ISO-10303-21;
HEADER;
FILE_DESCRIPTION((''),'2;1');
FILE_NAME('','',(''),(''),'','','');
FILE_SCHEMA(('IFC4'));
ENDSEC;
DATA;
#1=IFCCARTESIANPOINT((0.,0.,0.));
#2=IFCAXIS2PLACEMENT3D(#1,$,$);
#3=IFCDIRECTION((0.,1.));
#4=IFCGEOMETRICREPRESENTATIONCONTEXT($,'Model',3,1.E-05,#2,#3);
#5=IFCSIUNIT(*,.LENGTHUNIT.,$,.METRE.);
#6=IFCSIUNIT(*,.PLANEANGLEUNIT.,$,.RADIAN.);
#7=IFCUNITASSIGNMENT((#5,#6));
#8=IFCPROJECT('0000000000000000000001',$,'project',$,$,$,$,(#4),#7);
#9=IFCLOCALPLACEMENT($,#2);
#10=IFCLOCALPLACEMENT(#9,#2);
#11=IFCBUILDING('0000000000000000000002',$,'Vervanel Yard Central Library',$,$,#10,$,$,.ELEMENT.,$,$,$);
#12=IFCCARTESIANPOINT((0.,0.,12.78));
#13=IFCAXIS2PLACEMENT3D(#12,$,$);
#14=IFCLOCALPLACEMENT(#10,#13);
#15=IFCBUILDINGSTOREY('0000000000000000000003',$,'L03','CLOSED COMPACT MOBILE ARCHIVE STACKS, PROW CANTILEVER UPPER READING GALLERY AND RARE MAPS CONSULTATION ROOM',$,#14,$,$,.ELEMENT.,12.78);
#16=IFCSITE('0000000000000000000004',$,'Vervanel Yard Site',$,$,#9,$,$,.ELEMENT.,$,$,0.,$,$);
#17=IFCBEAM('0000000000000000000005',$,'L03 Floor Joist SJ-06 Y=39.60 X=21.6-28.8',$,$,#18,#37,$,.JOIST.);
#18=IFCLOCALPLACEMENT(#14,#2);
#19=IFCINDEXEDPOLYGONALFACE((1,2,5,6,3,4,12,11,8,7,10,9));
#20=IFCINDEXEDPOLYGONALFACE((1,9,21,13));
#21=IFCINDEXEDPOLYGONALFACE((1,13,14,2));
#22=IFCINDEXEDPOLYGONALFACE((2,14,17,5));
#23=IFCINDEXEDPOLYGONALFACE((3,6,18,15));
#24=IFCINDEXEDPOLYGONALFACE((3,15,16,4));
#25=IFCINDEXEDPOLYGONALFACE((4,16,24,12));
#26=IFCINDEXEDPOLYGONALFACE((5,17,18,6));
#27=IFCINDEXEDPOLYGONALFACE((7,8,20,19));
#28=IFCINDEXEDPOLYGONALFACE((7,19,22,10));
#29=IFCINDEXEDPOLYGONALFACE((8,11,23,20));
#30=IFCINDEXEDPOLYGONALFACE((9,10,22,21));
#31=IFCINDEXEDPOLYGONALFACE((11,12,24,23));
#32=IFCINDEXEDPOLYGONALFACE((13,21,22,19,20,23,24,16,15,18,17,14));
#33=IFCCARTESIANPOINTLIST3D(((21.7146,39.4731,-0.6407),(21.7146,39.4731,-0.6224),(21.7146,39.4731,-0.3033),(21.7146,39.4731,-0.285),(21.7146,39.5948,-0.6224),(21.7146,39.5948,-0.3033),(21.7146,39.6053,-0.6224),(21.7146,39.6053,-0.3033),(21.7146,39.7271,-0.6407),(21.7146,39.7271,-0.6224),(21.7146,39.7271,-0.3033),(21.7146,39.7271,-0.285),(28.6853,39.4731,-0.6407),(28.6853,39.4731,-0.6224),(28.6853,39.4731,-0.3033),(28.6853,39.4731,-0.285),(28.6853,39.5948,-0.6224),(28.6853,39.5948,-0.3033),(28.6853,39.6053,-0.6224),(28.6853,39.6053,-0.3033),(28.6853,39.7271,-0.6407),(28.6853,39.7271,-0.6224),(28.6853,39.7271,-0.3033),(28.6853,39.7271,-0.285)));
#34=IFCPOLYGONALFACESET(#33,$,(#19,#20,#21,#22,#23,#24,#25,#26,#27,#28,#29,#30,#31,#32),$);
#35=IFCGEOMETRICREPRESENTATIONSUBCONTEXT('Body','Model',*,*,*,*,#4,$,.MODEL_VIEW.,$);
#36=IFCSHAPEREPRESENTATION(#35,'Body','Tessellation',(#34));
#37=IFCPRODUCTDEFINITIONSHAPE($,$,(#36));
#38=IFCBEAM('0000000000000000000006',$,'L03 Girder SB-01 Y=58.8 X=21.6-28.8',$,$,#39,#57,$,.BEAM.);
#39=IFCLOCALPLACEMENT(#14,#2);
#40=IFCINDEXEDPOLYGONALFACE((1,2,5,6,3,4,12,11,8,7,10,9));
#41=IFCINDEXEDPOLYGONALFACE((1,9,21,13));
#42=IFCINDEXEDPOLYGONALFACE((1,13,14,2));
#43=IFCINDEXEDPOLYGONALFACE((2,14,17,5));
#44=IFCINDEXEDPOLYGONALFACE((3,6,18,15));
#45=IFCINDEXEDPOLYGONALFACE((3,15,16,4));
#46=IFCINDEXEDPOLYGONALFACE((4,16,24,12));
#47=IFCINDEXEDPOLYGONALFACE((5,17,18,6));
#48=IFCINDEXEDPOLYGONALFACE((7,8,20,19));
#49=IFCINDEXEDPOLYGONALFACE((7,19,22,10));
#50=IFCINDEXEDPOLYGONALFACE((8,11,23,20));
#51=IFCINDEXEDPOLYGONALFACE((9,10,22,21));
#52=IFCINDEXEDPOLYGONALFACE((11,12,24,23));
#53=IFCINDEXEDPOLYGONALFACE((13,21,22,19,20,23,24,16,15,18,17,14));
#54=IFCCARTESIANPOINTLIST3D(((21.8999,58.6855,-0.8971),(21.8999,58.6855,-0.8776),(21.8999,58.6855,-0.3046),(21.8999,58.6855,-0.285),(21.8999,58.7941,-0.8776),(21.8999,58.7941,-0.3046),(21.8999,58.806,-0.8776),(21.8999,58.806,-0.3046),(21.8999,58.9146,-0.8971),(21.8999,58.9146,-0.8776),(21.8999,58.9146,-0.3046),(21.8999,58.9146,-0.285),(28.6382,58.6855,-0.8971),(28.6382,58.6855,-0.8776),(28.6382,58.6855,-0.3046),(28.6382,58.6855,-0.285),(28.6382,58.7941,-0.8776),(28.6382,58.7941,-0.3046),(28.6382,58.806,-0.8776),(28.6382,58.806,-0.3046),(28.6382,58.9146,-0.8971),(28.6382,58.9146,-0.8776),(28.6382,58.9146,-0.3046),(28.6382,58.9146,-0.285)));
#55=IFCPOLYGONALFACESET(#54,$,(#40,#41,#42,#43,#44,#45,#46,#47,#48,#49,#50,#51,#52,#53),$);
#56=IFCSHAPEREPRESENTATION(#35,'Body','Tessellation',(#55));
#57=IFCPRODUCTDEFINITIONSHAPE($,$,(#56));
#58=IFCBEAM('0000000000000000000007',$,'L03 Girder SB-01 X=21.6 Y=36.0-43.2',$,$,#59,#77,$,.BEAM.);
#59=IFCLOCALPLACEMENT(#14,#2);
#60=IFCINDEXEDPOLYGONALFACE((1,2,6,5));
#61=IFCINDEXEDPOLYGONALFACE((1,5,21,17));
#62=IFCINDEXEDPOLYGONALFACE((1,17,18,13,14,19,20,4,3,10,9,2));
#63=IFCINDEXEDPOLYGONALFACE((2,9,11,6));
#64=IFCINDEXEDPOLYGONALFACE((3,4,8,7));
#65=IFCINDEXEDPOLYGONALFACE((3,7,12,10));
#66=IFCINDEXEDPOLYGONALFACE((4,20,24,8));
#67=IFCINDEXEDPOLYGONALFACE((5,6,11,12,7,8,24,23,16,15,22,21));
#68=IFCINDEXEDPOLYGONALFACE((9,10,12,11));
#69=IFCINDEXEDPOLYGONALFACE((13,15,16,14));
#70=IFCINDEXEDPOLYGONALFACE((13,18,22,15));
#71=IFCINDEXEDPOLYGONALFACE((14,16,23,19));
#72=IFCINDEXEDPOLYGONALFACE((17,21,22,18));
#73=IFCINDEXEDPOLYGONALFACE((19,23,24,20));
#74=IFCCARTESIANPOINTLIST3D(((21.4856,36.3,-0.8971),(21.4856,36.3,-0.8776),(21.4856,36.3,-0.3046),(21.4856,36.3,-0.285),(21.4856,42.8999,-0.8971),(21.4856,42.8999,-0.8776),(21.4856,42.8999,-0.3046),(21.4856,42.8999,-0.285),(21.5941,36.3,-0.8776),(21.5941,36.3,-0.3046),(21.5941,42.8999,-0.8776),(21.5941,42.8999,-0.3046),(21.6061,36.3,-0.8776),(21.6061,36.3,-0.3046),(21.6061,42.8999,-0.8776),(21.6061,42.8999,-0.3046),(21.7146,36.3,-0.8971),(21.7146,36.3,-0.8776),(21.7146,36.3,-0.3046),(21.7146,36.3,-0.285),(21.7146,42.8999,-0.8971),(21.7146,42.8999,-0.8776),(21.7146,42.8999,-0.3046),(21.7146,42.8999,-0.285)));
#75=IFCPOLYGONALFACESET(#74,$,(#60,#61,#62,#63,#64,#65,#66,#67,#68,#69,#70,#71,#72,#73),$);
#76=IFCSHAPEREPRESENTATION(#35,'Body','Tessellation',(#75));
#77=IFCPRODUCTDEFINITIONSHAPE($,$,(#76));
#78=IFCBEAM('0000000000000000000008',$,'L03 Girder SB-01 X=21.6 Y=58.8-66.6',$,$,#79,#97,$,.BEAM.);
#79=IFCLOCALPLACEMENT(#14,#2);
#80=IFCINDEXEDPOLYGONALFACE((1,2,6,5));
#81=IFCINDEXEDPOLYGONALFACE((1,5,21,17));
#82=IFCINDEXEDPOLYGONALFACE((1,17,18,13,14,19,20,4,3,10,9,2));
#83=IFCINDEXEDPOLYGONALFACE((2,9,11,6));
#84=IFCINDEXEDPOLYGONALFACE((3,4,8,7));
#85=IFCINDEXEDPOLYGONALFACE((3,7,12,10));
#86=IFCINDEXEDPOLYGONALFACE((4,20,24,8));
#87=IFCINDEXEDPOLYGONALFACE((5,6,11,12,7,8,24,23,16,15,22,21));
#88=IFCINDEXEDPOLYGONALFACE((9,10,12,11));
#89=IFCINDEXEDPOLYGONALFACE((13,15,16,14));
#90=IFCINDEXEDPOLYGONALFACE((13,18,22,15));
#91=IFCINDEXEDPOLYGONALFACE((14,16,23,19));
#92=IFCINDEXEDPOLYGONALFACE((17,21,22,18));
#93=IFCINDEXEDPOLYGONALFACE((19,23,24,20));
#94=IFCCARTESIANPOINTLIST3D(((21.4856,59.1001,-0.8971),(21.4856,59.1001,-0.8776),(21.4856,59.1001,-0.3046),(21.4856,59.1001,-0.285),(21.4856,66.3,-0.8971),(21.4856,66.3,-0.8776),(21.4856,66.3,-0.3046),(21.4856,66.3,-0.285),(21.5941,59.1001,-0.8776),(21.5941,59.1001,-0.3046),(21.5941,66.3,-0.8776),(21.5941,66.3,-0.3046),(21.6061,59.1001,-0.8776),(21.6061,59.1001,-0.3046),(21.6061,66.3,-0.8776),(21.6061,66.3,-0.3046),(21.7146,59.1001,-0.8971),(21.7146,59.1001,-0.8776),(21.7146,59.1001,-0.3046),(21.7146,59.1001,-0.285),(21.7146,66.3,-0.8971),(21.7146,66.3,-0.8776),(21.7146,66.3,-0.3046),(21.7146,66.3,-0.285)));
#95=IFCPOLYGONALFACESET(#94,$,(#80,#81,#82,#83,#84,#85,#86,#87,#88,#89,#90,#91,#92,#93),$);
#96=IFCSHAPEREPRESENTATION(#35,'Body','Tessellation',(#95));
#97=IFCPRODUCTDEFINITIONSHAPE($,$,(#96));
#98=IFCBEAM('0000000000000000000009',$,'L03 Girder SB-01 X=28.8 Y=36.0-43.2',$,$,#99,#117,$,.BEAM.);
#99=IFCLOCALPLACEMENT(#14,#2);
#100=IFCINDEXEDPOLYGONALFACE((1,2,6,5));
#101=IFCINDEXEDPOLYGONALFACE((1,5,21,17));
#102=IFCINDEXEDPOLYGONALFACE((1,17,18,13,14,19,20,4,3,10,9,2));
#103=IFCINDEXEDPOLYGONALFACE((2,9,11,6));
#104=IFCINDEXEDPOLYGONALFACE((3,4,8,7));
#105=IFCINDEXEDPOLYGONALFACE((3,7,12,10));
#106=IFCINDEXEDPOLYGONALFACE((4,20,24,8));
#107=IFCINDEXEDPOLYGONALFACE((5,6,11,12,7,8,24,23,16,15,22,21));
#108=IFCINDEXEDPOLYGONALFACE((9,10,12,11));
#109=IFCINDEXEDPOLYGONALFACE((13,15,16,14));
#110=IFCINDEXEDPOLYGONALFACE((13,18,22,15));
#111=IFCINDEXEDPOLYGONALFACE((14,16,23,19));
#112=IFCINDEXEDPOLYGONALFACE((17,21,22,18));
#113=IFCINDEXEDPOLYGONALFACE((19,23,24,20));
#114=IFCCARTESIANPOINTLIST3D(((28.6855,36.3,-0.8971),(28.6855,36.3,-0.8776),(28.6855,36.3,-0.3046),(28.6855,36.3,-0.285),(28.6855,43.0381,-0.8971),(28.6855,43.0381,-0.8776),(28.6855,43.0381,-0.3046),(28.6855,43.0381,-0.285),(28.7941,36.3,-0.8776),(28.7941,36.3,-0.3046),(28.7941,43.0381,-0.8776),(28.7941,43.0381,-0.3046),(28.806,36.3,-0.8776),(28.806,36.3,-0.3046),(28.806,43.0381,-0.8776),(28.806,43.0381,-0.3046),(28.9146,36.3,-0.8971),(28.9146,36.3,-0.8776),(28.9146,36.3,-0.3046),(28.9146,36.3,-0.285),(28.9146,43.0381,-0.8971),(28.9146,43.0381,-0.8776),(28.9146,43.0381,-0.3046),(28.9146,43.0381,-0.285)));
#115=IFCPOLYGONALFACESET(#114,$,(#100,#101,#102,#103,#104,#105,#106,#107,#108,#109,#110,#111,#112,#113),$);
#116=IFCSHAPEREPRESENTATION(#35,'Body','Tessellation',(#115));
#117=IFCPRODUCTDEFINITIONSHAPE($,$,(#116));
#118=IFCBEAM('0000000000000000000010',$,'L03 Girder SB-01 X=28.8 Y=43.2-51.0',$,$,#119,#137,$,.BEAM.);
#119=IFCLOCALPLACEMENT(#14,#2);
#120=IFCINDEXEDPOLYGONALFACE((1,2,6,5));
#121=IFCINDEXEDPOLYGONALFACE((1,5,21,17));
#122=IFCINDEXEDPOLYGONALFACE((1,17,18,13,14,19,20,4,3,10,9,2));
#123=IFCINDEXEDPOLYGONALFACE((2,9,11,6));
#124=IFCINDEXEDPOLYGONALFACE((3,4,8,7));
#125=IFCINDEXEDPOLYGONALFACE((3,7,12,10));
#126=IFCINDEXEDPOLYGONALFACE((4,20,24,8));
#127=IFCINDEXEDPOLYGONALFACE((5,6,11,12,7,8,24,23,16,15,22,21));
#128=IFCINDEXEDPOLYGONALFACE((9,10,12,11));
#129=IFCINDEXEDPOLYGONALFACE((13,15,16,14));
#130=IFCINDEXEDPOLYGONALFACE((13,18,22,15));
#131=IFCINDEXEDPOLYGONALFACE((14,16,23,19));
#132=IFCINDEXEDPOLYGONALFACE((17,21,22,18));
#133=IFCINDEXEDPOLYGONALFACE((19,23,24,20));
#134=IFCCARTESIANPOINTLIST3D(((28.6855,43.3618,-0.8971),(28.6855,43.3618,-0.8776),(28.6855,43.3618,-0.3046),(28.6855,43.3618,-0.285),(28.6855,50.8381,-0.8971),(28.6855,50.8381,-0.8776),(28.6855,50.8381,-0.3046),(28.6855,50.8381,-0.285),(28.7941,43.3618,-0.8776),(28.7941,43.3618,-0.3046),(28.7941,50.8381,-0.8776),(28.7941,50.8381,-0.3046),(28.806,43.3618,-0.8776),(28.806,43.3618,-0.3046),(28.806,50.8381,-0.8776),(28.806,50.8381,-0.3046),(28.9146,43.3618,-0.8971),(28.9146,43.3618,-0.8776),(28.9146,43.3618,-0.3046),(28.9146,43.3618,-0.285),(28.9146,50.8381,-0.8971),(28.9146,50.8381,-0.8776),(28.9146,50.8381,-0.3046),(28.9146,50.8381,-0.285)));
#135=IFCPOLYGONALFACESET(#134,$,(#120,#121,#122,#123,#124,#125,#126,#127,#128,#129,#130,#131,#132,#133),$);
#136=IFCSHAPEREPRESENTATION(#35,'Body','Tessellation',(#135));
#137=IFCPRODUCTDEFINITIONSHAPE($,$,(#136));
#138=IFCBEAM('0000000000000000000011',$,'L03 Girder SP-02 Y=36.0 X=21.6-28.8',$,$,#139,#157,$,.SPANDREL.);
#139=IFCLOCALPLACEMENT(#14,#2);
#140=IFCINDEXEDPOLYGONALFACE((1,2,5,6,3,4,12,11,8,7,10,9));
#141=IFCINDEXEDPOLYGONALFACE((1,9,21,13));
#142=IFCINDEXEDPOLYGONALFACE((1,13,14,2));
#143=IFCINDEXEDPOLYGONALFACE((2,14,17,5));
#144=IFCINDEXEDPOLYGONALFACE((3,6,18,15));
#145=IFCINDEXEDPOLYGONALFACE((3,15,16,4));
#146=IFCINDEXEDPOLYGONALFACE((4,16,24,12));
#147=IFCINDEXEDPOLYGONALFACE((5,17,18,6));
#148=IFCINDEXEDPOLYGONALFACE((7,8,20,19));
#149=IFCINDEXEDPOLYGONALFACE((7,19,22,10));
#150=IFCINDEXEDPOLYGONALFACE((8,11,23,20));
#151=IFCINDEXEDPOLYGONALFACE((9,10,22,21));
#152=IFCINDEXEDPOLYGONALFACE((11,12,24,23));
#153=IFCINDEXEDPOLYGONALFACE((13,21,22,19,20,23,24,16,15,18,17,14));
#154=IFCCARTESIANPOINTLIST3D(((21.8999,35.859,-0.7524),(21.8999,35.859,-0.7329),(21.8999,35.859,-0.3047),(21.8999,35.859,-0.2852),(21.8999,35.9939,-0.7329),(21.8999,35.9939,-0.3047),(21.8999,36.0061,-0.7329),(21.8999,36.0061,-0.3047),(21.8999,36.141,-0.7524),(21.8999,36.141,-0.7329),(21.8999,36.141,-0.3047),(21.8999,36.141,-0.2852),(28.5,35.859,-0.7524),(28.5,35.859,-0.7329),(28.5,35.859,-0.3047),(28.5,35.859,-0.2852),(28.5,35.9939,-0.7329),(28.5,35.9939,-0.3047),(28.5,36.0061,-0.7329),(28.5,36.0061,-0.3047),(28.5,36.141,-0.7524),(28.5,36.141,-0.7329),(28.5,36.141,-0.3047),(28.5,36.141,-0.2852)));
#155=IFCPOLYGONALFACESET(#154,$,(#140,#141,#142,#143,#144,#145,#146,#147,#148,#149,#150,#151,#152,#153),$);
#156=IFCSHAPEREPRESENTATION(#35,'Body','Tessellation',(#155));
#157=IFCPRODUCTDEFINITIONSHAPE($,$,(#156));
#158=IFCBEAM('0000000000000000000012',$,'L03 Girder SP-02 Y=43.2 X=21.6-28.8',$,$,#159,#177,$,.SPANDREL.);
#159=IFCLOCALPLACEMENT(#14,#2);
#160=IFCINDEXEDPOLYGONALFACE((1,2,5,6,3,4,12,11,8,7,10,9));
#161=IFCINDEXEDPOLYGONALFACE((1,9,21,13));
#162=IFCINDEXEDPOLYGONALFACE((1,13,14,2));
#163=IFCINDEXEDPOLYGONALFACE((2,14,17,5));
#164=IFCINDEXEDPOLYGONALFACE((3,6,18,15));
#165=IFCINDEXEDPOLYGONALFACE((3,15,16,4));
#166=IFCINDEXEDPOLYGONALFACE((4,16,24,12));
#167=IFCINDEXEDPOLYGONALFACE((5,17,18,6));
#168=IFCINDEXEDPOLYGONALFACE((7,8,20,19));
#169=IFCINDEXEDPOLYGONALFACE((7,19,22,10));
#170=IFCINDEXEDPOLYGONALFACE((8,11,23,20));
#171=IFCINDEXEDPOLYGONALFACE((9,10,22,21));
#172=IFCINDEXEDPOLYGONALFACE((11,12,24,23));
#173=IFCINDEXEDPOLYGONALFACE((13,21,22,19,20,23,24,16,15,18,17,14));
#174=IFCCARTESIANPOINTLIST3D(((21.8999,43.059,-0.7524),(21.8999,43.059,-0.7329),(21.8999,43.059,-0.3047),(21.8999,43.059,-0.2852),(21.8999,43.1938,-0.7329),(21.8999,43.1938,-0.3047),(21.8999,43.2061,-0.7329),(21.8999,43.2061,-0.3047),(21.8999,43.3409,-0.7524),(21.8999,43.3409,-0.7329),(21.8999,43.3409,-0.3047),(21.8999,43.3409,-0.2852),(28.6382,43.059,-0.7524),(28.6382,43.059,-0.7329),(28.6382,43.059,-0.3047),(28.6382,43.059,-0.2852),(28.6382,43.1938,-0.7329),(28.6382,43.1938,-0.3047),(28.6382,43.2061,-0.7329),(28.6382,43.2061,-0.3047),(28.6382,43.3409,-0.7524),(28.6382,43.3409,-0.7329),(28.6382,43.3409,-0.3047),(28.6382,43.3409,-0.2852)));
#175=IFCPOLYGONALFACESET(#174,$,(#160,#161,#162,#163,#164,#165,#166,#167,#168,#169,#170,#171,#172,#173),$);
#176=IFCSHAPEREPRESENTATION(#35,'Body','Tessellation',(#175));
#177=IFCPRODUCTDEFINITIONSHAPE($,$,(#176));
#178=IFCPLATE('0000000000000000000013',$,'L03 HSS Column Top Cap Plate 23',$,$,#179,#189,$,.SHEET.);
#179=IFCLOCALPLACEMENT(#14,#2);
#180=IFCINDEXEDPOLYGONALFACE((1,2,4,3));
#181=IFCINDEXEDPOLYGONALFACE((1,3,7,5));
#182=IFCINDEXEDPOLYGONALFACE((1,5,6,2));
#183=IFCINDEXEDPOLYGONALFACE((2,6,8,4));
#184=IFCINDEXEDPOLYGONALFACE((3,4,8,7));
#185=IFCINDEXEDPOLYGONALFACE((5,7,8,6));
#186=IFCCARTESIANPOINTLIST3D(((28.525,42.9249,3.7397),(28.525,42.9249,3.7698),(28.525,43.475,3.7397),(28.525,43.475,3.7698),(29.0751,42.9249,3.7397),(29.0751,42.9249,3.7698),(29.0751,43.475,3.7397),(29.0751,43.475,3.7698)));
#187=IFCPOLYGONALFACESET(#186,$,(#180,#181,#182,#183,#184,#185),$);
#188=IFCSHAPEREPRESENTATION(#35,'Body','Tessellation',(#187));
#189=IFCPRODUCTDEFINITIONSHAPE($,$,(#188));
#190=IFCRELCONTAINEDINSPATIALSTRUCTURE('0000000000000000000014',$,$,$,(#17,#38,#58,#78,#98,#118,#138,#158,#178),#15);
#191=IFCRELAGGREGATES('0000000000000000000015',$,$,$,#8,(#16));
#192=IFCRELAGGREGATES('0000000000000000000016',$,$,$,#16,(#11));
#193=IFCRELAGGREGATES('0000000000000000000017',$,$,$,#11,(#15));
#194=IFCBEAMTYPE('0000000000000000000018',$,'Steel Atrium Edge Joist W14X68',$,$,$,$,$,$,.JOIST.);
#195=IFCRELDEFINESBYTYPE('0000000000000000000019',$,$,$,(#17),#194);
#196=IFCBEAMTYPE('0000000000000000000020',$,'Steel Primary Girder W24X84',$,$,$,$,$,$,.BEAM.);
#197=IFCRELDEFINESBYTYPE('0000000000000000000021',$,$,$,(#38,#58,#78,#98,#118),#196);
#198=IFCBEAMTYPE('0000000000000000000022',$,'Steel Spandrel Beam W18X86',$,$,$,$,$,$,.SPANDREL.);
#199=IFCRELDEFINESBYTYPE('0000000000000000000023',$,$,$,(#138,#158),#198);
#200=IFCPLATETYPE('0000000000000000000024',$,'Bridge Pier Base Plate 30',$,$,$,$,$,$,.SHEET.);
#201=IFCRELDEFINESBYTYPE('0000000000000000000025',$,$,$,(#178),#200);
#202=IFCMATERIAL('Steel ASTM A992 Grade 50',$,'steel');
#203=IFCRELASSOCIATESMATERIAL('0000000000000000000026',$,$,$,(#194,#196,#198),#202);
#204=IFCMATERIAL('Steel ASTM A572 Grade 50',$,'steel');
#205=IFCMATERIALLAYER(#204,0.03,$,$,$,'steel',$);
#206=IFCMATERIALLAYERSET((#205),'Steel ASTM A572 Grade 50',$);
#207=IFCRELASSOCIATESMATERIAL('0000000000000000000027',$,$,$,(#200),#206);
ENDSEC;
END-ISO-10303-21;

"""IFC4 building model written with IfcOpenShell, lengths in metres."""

from ifc_helpers import new_model, si_unit, direction, frame, origin, origin_2d, place, context, subcontext, project, spatial, rectangle, i_section, extrude, material, layer, layer_set, material_profile, profile_set, type_object, element, save


model = new_model("IFC4")

# Units and contexts
model_context = context("Model", 3, precision=1e-05, world=origin(), true_north=direction((0.0, 1.0)))
body_context = subcontext(model_context, "Body", "Model", "MODEL_VIEW")
ifc_project = project(units=[si_unit("LENGTHUNIT", "METRE"), si_unit("PLANEANGLEUNIT", "RADIAN")], contexts=[model_context])

# Site, building, storey
site_placement = place(None, origin())
site = spatial("IfcSite", under=ifc_project, at=site_placement, Name="Vervanel Yard Site", CompositionType="ELEMENT", RefElevation=0.0)
building_placement = place(site_placement, origin())
building = spatial("IfcBuilding", under=site, at=building_placement, Name="Vervanel Yard Central Library", CompositionType="ELEMENT")
storey_placement = place(building_placement, frame((0.0, 0.0, 12.78)))
storey = spatial("IfcBuildingStorey", under=building, at=storey_placement, Name="L03", Description="CLOSED COMPACT MOBILE ARCHIVE STACKS, PROW CANTILEVER UPPER READING GALLERY AND RARE MAPS CONSULTATION ROOM", CompositionType="ELEMENT", Elevation=12.78)

# Shared definitions
ifc_material_1 = material(Name="Steel ASTM A992 Grade 50", Category="steel")

# Beams
ifc_material_profile_1 = material_profile(ifc_material_1, i_section(OverallWidth=0.2539, OverallDepth=0.3557, WebThickness=0.0105, FlangeThickness=0.0183, at=origin_2d()), Name="W14X68", Category="steel")
ifc_profile_set_1 = profile_set([ifc_material_profile_1], Name="Steel ASTM A992 Grade 50")
beam_type_1 = type_object("IfcBeamType", Name="Steel Atrium Edge Joist W14X68", PredefinedType="JOIST", material=ifc_profile_set_1)
beam_1_placement = place(storey_placement, frame((21.7146, 39.6001, -0.4629), z_axis=(1.0, 0.0, 0.0), x_axis=(0.0, 1.0, 0.0)))
element("IfcBeam", 1, at=beam_1_placement, inside=storey, type_object=beam_type_1, Name="L03 Floor Joist SJ-06 Y=39.60 X=21.6-28.8", PredefinedType="JOIST", context=body_context, shape_type="SweptSolid", body=[
    extrude(i_section(OverallWidth=0.2539, OverallDepth=0.3557, WebThickness=0.0105, FlangeThickness=0.0183, at=origin_2d()), origin(), (0.0, 0.0, 1.0), 6.9707),
])
ifc_material_profile_2 = material_profile(ifc_material_1, i_section(OverallWidth=0.229, OverallDepth=0.6121, WebThickness=0.012, FlangeThickness=0.0195, at=origin_2d()), Name="W24X84", Category="steel")
ifc_profile_set_2 = profile_set([ifc_material_profile_2], Name="Steel ASTM A992 Grade 50")
beam_type_2 = type_object("IfcBeamType", Name="Steel Primary Girder W24X84", PredefinedType="BEAM", material=ifc_profile_set_2)
beam_2_placement = place(storey_placement, frame((21.8999, 58.8, -0.5911), z_axis=(1.0, 0.0, 0.0), x_axis=(0.0, 1.0, 0.0)))
element("IfcBeam", 2, at=beam_2_placement, inside=storey, type_object=beam_type_2, Name="L03 Girder SB-01 Y=58.8 X=21.6-28.8", PredefinedType="BEAM", context=body_context, shape_type="SweptSolid", body=[
    extrude(i_section(OverallWidth=0.229, OverallDepth=0.6121, WebThickness=0.012, FlangeThickness=0.0195, at=origin_2d()), origin(), (0.0, 0.0, 1.0), 6.7383),
])
beam_3_placement = place(storey_placement, frame((21.6001, 36.3, -0.5911), z_axis=(0.0, 1.0, 0.0), x_axis=(-1.0, 0.0, 0.0)))
element("IfcBeam", 3, at=beam_3_placement, inside=storey, type_object=beam_type_2, Name="L03 Girder SB-01 X=21.6 Y=36.0-43.2", PredefinedType="BEAM", context=body_context, shape_type="SweptSolid", body=[
    extrude(i_section(OverallWidth=0.229, OverallDepth=0.6121, WebThickness=0.012, FlangeThickness=0.0195, at=origin_2d()), origin(), (0.0, 0.0, 1.0), 6.5999),
])
beam_4_placement = place(storey_placement, frame((21.6001, 59.1001, -0.5911), z_axis=(0.0, 1.0, 0.0), x_axis=(-1.0, 0.0, 0.0)))
element("IfcBeam", 4, at=beam_4_placement, inside=storey, type_object=beam_type_2, Name="L03 Girder SB-01 X=21.6 Y=58.8-66.6", PredefinedType="BEAM", context=body_context, shape_type="SweptSolid", body=[
    extrude(i_section(OverallWidth=0.229, OverallDepth=0.6121, WebThickness=0.012, FlangeThickness=0.0195, at=origin_2d()), origin(), (0.0, 0.0, 1.0), 7.2),
])
beam_5_placement = place(storey_placement, frame((28.8, 36.3, -0.5911), z_axis=(0.0, 1.0, 0.0), x_axis=(-1.0, 0.0, 0.0)))
element("IfcBeam", 5, at=beam_5_placement, inside=storey, type_object=beam_type_2, Name="L03 Girder SB-01 X=28.8 Y=36.0-43.2", PredefinedType="BEAM", context=body_context, shape_type="SweptSolid", body=[
    extrude(i_section(OverallWidth=0.229, OverallDepth=0.6121, WebThickness=0.012, FlangeThickness=0.0195, at=origin_2d()), origin(), (0.0, 0.0, 1.0), 6.738),
])
beam_6_placement = place(storey_placement, frame((28.8, 43.3618, -0.5911), z_axis=(0.0, 1.0, 0.0), x_axis=(-1.0, 0.0, 0.0)))
element("IfcBeam", 6, at=beam_6_placement, inside=storey, type_object=beam_type_2, Name="L03 Girder SB-01 X=28.8 Y=43.2-51.0", PredefinedType="BEAM", context=body_context, shape_type="SweptSolid", body=[
    extrude(i_section(OverallWidth=0.229, OverallDepth=0.6121, WebThickness=0.012, FlangeThickness=0.0195, at=origin_2d()), origin(), (0.0, 0.0, 1.0), 7.4763),
])
ifc_material_profile_3 = material_profile(ifc_material_1, i_section(OverallWidth=0.282, OverallDepth=0.4673, WebThickness=0.0122, FlangeThickness=0.0195, at=origin_2d()), Name="W18X86", Category="steel")
ifc_profile_set_3 = profile_set([ifc_material_profile_3], Name="Steel ASTM A992 Grade 50")
beam_type_3 = type_object("IfcBeamType", Name="Steel Spandrel Beam W18X86", PredefinedType="SPANDREL", material=ifc_profile_set_3)
beam_7_placement = place(storey_placement, frame((21.8999, 36.0, -0.5188), z_axis=(1.0, 0.0, 0.0), x_axis=(0.0, 1.0, 0.0)))
element("IfcBeam", 7, at=beam_7_placement, inside=storey, type_object=beam_type_3, Name="L03 Girder SP-02 Y=36.0 X=21.6-28.8", PredefinedType="SPANDREL", context=body_context, shape_type="SweptSolid", body=[
    extrude(i_section(OverallWidth=0.282, OverallDepth=0.4673, WebThickness=0.0122, FlangeThickness=0.0195, at=origin_2d()), origin(), (0.0, 0.0, 1.0), 6.6001),
])
beam_8_placement = place(storey_placement, frame((21.8999, 43.2, -0.5188), z_axis=(1.0, 0.0, 0.0), x_axis=(0.0, 1.0, 0.0)))
element("IfcBeam", 8, at=beam_8_placement, inside=storey, type_object=beam_type_3, Name="L03 Girder SP-02 Y=43.2 X=21.6-28.8", PredefinedType="SPANDREL", context=body_context, shape_type="SweptSolid", body=[
    extrude(i_section(OverallWidth=0.282, OverallDepth=0.4673, WebThickness=0.0122, FlangeThickness=0.0195, at=origin_2d()), origin(), (0.0, 0.0, 1.0), 6.7383),
])

# Plate
ifc_material_2 = material(Name="Steel ASTM A572 Grade 50", Category="steel")
ifc_layer_1 = layer(ifc_material_2, 0.03, Category="steel")
ifc_layer_set_1 = layer_set([ifc_layer_1], Name="Steel ASTM A572 Grade 50")
plate_type_1 = type_object("IfcPlateType", Name="Bridge Pier Base Plate 30", PredefinedType="SHEET", material=ifc_layer_set_1)
plate_1_placement = place(storey_placement, frame((28.8, 43.2, 3.7397), z_axis=(0.0, 0.0, 1.0), x_axis=(1.0, 0.0, 0.0)))
element("IfcPlate", 9, at=plate_1_placement, inside=storey, type_object=plate_type_1, Name="L03 HSS Column Top Cap Plate 23", PredefinedType="SHEET", context=body_context, shape_type="SweptSolid", body=[
    extrude(rectangle(XDim=0.55, YDim=0.55, at=origin_2d()), origin(), (0.0, 0.0, 1.0), 0.03),
])

save(model, "model.ifc")
